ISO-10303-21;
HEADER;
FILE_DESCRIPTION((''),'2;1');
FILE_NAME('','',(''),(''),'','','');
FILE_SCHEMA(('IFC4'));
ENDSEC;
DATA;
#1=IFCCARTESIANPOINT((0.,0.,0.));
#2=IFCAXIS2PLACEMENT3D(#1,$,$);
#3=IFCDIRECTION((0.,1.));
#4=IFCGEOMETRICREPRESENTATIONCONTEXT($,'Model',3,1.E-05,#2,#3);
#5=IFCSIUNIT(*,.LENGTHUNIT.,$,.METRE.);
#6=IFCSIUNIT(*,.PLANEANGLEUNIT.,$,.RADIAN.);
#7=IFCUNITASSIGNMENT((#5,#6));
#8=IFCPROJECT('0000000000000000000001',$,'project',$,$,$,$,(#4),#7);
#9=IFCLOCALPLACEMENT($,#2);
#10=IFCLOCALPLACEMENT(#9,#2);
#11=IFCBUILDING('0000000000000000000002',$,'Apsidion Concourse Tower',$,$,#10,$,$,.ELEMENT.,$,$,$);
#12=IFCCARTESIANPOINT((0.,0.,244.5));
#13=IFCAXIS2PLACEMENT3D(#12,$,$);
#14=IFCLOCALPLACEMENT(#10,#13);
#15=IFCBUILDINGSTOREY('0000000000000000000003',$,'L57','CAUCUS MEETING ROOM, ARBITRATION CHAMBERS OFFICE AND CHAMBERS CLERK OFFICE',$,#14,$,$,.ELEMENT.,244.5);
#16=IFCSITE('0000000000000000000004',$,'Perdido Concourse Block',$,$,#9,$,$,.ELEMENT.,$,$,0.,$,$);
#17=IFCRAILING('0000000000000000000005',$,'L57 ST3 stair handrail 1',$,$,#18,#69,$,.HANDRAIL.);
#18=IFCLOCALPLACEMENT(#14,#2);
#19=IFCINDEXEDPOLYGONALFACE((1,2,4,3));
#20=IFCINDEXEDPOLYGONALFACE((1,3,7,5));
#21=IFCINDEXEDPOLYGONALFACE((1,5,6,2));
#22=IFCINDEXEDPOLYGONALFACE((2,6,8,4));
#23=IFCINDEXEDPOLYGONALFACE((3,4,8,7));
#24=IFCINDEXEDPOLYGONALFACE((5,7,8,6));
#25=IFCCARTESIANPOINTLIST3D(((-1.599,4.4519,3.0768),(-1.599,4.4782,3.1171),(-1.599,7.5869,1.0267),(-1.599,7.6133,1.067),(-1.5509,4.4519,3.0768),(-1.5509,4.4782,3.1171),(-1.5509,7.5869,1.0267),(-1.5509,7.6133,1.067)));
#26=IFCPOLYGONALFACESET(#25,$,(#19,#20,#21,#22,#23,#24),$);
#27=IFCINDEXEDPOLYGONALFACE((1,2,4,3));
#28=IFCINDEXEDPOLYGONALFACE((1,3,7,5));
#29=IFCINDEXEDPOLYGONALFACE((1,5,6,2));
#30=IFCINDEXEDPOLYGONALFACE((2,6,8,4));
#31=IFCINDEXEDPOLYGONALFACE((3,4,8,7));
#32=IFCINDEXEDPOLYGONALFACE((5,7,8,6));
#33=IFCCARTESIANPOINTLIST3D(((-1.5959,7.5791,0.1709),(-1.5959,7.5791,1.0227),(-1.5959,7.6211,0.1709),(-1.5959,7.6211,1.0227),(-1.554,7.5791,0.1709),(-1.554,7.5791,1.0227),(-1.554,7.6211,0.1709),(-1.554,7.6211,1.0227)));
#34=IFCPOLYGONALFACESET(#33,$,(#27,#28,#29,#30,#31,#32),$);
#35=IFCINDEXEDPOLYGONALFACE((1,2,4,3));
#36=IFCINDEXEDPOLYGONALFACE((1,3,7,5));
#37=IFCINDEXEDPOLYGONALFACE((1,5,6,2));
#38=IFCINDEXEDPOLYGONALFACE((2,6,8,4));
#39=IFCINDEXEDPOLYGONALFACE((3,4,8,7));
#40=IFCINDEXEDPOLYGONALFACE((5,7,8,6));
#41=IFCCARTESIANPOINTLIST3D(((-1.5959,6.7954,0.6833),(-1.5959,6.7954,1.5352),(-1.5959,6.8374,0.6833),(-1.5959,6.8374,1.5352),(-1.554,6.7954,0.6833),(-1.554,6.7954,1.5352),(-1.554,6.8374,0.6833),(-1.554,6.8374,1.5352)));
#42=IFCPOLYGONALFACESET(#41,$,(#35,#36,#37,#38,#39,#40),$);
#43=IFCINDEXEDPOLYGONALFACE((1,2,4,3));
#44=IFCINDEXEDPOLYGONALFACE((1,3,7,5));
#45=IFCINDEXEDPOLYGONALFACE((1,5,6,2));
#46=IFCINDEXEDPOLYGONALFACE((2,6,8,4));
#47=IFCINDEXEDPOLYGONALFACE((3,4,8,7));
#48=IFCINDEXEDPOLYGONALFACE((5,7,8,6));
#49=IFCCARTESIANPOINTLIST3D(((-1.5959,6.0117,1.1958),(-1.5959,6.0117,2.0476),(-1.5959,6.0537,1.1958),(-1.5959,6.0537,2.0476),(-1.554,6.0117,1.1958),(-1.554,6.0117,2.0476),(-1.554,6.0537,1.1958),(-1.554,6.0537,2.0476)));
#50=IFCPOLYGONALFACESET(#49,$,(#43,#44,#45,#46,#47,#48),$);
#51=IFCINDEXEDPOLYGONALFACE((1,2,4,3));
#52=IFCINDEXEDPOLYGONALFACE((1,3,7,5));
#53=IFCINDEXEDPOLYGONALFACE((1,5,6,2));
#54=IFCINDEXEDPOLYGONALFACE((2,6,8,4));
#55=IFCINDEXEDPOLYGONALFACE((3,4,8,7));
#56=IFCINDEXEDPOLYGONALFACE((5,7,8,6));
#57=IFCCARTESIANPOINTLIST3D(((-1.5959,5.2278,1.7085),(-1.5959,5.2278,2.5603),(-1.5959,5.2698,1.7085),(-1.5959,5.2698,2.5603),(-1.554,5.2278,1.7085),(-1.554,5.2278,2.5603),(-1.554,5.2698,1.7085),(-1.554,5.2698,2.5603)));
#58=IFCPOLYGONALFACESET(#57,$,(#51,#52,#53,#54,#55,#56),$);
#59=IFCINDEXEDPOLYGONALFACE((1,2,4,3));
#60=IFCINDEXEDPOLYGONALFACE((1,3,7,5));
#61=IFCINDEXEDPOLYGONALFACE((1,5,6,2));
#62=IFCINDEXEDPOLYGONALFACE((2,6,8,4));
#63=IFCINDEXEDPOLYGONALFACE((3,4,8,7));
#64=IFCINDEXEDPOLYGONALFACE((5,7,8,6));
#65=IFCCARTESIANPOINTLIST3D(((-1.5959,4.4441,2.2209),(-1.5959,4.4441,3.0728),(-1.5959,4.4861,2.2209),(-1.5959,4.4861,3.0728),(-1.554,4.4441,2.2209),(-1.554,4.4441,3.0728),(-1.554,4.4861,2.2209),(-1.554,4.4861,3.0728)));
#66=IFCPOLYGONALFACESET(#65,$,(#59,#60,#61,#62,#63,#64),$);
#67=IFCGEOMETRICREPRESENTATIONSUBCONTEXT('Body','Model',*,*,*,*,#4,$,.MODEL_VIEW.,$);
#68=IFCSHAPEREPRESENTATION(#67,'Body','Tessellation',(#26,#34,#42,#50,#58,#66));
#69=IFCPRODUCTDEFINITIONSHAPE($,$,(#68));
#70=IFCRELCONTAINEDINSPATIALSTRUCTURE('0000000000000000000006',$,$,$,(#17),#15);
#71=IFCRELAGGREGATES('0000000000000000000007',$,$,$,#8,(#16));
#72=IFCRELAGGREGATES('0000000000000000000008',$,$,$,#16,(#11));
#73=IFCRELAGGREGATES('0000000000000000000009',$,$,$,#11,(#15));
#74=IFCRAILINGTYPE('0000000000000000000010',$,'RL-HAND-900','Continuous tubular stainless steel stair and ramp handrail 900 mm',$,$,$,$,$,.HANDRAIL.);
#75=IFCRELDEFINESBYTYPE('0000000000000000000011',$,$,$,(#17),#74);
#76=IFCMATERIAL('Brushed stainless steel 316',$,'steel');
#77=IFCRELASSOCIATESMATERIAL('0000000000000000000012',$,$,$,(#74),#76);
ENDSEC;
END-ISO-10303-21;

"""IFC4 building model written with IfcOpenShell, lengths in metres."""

from ifc_helpers import new_model, si_unit, direction, frame, origin, origin_2d, place, context, subcontext, project, spatial, rectangle, extrude, material, type_object, element, save


model = new_model("IFC4")

# Units and contexts
model_context = context("Model", 3, precision=1e-05, world=origin(), true_north=direction((0.0, 1.0)))
body_context = subcontext(model_context, "Body", "Model", "MODEL_VIEW")
ifc_project = project(units=[si_unit("LENGTHUNIT", "METRE"), si_unit("PLANEANGLEUNIT", "RADIAN")], contexts=[model_context])

# Site, building, storey
site_placement = place(None, origin())
site = spatial("IfcSite", under=ifc_project, at=site_placement, Name="Perdido Concourse Block", CompositionType="ELEMENT", RefElevation=0.0)
building_placement = place(site_placement, origin())
building = spatial("IfcBuilding", under=site, at=building_placement, Name="Apsidion Concourse Tower", CompositionType="ELEMENT")
storey_placement = place(building_placement, frame((0.0, 0.0, 244.5)))
storey = spatial("IfcBuildingStorey", under=building, at=storey_placement, Name="L57", Description="CAUCUS MEETING ROOM, ARBITRATION CHAMBERS OFFICE AND CHAMBERS CLERK OFFICE", CompositionType="ELEMENT", Elevation=244.5)

# Shared definitions
ifc_material_1 = material(Name="Brushed stainless steel 316", Category="steel")

# Railing
railing_type = type_object("IfcRailingType", Name="RL-HAND-900", Description="Continuous tubular stainless steel stair and ramp handrail 900 mm", PredefinedType="HANDRAIL", material=ifc_material_1)
railing_placement = place(storey_placement, frame((-1.575, 7.6001, 0.1709)))
element("IfcRailing", 1, at=railing_placement, inside=storey, type_object=railing_type, Name="L57 ST3 stair handrail 1", PredefinedType="HANDRAIL", context=body_context, shape_type="SweptSolid", body=[
    extrude(rectangle(XDim=0.0481, YDim=0.0481, at=origin_2d()), frame((0.0, 0.0, 0.876), z_axis=(0.0, -0.836941, 0.547293), x_axis=(1.0, 0.0, 0.0)), (0.0, 0.0, 1.0), 3.7458),
    extrude(rectangle(XDim=0.042, YDim=0.042, at=origin_2d()), origin(), (0.0, 0.0, 1.0), 0.8518),
    extrude(rectangle(XDim=0.042, YDim=0.042, at=origin_2d()), frame((0.0, -0.7837, 0.5125)), (0.0, 0.0, 1.0), 0.8518),
    extrude(rectangle(XDim=0.042, YDim=0.042, at=origin_2d()), frame((0.0, -1.5674, 1.0249)), (0.0, 0.0, 1.0), 0.8518),
    extrude(rectangle(XDim=0.042, YDim=0.042, at=origin_2d()), frame((0.0, -2.3513, 1.5376)), (0.0, 0.0, 1.0), 0.8518),
    extrude(rectangle(XDim=0.042, YDim=0.042, at=origin_2d()), frame((0.0, -3.135, 2.05)), (0.0, 0.0, 1.0), 0.8518),
])

save(model, "model.ifc")
